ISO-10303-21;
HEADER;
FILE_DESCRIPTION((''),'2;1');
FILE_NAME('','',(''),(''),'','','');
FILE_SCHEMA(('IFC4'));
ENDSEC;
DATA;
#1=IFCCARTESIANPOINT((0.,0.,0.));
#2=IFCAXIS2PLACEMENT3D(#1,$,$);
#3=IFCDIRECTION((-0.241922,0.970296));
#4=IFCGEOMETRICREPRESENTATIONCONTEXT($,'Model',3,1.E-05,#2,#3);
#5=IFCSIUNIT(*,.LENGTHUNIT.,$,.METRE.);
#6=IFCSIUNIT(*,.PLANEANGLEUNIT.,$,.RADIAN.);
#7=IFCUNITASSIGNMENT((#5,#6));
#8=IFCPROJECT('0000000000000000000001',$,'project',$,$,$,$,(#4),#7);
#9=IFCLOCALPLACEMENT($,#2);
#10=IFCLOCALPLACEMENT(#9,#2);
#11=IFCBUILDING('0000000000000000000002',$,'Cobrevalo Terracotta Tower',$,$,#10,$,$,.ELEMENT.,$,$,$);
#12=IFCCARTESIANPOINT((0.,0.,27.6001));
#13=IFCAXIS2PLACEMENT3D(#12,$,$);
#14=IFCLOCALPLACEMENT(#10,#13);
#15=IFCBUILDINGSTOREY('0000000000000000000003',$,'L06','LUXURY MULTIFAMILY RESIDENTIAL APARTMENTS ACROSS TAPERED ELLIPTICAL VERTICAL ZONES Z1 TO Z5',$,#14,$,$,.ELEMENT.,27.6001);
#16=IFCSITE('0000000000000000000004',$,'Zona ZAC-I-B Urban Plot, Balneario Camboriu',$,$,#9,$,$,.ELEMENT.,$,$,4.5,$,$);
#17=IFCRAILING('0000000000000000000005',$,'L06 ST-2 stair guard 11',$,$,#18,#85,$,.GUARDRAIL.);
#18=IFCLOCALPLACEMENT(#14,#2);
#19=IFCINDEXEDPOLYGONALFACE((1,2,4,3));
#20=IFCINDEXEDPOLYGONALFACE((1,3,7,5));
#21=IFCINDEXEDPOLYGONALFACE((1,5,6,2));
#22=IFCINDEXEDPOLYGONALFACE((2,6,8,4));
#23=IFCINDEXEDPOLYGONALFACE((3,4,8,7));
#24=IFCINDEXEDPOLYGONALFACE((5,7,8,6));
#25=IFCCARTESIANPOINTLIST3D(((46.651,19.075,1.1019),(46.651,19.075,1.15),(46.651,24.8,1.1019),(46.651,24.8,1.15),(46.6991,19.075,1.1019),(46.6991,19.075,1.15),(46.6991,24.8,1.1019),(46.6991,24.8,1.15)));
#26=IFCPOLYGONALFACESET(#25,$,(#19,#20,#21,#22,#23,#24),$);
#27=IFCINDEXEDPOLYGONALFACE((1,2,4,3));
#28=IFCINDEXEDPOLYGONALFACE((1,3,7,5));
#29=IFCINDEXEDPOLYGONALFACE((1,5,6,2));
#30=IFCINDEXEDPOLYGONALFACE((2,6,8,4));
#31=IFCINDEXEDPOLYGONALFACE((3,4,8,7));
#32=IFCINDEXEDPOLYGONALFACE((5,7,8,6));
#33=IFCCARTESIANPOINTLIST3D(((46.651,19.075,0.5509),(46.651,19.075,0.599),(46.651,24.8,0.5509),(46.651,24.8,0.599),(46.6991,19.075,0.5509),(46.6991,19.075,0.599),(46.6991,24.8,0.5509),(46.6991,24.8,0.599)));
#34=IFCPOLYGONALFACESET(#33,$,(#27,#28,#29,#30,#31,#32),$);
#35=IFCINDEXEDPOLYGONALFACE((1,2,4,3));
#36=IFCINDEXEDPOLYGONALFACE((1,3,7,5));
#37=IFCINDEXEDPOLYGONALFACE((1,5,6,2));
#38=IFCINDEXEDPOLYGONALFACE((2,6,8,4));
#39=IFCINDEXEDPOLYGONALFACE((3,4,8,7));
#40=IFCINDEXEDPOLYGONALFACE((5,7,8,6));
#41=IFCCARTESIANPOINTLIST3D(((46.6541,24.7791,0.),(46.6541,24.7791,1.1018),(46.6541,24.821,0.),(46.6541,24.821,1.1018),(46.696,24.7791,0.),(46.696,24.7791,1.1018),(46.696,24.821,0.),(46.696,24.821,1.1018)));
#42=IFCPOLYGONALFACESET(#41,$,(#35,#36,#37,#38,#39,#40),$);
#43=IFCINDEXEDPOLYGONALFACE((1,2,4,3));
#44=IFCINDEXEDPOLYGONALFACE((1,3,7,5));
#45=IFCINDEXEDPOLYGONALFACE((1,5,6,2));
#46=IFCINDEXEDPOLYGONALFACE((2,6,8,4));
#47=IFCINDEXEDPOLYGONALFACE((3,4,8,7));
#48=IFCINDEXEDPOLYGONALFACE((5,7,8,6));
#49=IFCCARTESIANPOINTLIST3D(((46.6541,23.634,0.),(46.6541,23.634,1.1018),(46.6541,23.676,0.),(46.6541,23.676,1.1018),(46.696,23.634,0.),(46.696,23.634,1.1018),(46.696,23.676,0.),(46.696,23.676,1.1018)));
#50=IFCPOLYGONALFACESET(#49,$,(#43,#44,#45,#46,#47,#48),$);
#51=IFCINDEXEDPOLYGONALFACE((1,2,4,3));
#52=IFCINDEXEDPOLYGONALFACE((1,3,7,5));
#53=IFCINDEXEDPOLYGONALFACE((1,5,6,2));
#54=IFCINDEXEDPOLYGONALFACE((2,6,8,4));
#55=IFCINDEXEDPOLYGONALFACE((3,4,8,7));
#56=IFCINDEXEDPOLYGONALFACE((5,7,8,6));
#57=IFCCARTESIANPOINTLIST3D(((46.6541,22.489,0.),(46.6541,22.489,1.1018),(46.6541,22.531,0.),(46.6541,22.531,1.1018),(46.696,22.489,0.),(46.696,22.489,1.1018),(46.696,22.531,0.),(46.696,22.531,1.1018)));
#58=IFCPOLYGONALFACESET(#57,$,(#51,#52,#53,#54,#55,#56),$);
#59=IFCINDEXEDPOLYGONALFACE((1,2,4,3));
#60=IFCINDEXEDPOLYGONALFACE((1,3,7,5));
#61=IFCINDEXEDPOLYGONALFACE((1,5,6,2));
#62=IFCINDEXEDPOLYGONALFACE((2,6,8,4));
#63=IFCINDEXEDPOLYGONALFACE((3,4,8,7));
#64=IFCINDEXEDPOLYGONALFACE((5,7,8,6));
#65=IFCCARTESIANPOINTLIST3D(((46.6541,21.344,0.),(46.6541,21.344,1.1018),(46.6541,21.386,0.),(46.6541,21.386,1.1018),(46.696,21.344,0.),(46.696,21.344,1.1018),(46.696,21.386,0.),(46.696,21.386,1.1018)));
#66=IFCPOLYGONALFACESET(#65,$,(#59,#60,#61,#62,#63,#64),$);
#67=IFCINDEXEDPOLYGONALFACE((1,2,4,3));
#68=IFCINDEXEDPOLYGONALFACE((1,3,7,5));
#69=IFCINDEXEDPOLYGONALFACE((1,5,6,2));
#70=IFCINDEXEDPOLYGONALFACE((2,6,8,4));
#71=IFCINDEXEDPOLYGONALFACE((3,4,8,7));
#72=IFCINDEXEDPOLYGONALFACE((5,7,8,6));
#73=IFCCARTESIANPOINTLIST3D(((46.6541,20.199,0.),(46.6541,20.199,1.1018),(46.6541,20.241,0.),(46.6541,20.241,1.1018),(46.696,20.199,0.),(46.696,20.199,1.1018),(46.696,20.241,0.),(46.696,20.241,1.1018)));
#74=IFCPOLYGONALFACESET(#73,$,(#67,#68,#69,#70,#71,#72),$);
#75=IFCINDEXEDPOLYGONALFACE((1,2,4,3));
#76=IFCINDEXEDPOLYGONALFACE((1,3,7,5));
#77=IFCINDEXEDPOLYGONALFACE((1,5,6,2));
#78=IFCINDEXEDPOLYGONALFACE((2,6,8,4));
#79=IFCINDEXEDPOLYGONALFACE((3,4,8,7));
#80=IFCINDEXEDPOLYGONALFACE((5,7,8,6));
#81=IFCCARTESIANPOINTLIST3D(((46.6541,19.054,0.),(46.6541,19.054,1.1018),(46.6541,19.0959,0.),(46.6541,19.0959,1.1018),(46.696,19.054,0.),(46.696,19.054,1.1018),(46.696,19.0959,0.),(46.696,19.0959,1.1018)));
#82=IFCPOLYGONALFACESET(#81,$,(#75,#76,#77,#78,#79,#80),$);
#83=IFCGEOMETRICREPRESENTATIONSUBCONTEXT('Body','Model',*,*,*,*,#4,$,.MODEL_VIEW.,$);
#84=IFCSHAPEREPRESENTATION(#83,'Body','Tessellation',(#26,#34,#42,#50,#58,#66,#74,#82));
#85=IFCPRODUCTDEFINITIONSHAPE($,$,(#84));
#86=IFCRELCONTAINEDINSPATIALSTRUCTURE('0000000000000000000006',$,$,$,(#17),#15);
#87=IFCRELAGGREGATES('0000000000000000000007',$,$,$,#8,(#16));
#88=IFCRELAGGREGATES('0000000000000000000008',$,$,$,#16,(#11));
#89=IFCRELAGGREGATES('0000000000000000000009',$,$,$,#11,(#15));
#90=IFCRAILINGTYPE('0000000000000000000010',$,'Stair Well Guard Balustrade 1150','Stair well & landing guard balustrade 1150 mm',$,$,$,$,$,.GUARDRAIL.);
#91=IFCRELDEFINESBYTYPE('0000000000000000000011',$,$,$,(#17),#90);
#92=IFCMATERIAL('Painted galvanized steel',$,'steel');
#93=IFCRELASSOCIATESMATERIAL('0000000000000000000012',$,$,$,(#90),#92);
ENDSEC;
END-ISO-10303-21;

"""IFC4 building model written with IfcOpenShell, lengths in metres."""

from ifc_helpers import new_model, si_unit, direction, frame, origin, origin_2d, place, context, subcontext, project, spatial, rectangle, extrude, material, type_object, element, save


model = new_model("IFC4")

# Units and contexts
model_context = context("Model", 3, precision=1e-05, world=origin(), true_north=direction((-0.241922, 0.970296)))
body_context = subcontext(model_context, "Body", "Model", "MODEL_VIEW")
ifc_project = project(units=[si_unit("LENGTHUNIT", "METRE"), si_unit("PLANEANGLEUNIT", "RADIAN")], contexts=[model_context])

# Site, building, storey
site_placement = place(None, origin())
site = spatial("IfcSite", under=ifc_project, at=site_placement, Name="Zona ZAC-I-B Urban Plot, Balneario Camboriu", CompositionType="ELEMENT", RefElevation=4.5)
building_placement = place(site_placement, origin())
building = spatial("IfcBuilding", under=site, at=building_placement, Name="Cobrevalo Terracotta Tower", CompositionType="ELEMENT")
storey_placement = place(building_placement, frame((0.0, 0.0, 27.6001)))
storey = spatial("IfcBuildingStorey", under=building, at=storey_placement, Name="L06", Description="LUXURY MULTIFAMILY RESIDENTIAL APARTMENTS ACROSS TAPERED ELLIPTICAL VERTICAL ZONES Z1 TO Z5", CompositionType="ELEMENT", Elevation=27.6001)

# Railing
ifc_material_1 = material(Name="Painted galvanized steel", Category="steel")
railing_type = type_object("IfcRailingType", Name="Stair Well Guard Balustrade 1150", Description="Stair well & landing guard balustrade 1150 mm", PredefinedType="GUARDRAIL", material=ifc_material_1)
for number, where, name in (
    (1, (46.675, 24.8, 0.0), "L06 ST-2 stair guard 11"),
):
    element("IfcRailing", number, at=place(storey_placement, frame(where)), inside=storey, type_object=railing_type, Name=name, PredefinedType="GUARDRAIL", context=body_context, shape_type="SweptSolid", body=[
        extrude(rectangle(XDim=0.0481, YDim=0.0481, at=origin_2d()), frame((0.0, 0.0, 1.126), z_axis=(0.0, -1.0, 0.0), x_axis=(1.0, 0.0, 0.0)), (0.0, 0.0, 1.0), 5.7251),
        extrude(rectangle(XDim=0.0481, YDim=0.0481, at=origin_2d()), frame((0.0, 0.0, 0.575), z_axis=(0.0, -1.0, 0.0), x_axis=(1.0, 0.0, 0.0)), (0.0, 0.0, 1.0), 5.7251),
        extrude(rectangle(XDim=0.042, YDim=0.042, at=origin_2d()), origin(), (0.0, 0.0, 1.0), 1.1018),
        extrude(rectangle(XDim=0.042, YDim=0.042, at=origin_2d()), frame((0.0, -1.145, 0.0)), (0.0, 0.0, 1.0), 1.1018),
        extrude(rectangle(XDim=0.042, YDim=0.042, at=origin_2d()), frame((0.0, -2.29, 0.0)), (0.0, 0.0, 1.0), 1.1018),
        extrude(rectangle(XDim=0.042, YDim=0.042, at=origin_2d()), frame((0.0, -3.4351, 0.0)), (0.0, 0.0, 1.0), 1.1018),
        extrude(rectangle(XDim=0.042, YDim=0.042, at=origin_2d()), frame((0.0, -4.5801, 0.0)), (0.0, 0.0, 1.0), 1.1018),
        extrude(rectangle(XDim=0.042, YDim=0.042, at=origin_2d()), frame((0.0, -5.7251, 0.0)), (0.0, 0.0, 1.0), 1.1018),
    ])

save(model, "model.ifc")
